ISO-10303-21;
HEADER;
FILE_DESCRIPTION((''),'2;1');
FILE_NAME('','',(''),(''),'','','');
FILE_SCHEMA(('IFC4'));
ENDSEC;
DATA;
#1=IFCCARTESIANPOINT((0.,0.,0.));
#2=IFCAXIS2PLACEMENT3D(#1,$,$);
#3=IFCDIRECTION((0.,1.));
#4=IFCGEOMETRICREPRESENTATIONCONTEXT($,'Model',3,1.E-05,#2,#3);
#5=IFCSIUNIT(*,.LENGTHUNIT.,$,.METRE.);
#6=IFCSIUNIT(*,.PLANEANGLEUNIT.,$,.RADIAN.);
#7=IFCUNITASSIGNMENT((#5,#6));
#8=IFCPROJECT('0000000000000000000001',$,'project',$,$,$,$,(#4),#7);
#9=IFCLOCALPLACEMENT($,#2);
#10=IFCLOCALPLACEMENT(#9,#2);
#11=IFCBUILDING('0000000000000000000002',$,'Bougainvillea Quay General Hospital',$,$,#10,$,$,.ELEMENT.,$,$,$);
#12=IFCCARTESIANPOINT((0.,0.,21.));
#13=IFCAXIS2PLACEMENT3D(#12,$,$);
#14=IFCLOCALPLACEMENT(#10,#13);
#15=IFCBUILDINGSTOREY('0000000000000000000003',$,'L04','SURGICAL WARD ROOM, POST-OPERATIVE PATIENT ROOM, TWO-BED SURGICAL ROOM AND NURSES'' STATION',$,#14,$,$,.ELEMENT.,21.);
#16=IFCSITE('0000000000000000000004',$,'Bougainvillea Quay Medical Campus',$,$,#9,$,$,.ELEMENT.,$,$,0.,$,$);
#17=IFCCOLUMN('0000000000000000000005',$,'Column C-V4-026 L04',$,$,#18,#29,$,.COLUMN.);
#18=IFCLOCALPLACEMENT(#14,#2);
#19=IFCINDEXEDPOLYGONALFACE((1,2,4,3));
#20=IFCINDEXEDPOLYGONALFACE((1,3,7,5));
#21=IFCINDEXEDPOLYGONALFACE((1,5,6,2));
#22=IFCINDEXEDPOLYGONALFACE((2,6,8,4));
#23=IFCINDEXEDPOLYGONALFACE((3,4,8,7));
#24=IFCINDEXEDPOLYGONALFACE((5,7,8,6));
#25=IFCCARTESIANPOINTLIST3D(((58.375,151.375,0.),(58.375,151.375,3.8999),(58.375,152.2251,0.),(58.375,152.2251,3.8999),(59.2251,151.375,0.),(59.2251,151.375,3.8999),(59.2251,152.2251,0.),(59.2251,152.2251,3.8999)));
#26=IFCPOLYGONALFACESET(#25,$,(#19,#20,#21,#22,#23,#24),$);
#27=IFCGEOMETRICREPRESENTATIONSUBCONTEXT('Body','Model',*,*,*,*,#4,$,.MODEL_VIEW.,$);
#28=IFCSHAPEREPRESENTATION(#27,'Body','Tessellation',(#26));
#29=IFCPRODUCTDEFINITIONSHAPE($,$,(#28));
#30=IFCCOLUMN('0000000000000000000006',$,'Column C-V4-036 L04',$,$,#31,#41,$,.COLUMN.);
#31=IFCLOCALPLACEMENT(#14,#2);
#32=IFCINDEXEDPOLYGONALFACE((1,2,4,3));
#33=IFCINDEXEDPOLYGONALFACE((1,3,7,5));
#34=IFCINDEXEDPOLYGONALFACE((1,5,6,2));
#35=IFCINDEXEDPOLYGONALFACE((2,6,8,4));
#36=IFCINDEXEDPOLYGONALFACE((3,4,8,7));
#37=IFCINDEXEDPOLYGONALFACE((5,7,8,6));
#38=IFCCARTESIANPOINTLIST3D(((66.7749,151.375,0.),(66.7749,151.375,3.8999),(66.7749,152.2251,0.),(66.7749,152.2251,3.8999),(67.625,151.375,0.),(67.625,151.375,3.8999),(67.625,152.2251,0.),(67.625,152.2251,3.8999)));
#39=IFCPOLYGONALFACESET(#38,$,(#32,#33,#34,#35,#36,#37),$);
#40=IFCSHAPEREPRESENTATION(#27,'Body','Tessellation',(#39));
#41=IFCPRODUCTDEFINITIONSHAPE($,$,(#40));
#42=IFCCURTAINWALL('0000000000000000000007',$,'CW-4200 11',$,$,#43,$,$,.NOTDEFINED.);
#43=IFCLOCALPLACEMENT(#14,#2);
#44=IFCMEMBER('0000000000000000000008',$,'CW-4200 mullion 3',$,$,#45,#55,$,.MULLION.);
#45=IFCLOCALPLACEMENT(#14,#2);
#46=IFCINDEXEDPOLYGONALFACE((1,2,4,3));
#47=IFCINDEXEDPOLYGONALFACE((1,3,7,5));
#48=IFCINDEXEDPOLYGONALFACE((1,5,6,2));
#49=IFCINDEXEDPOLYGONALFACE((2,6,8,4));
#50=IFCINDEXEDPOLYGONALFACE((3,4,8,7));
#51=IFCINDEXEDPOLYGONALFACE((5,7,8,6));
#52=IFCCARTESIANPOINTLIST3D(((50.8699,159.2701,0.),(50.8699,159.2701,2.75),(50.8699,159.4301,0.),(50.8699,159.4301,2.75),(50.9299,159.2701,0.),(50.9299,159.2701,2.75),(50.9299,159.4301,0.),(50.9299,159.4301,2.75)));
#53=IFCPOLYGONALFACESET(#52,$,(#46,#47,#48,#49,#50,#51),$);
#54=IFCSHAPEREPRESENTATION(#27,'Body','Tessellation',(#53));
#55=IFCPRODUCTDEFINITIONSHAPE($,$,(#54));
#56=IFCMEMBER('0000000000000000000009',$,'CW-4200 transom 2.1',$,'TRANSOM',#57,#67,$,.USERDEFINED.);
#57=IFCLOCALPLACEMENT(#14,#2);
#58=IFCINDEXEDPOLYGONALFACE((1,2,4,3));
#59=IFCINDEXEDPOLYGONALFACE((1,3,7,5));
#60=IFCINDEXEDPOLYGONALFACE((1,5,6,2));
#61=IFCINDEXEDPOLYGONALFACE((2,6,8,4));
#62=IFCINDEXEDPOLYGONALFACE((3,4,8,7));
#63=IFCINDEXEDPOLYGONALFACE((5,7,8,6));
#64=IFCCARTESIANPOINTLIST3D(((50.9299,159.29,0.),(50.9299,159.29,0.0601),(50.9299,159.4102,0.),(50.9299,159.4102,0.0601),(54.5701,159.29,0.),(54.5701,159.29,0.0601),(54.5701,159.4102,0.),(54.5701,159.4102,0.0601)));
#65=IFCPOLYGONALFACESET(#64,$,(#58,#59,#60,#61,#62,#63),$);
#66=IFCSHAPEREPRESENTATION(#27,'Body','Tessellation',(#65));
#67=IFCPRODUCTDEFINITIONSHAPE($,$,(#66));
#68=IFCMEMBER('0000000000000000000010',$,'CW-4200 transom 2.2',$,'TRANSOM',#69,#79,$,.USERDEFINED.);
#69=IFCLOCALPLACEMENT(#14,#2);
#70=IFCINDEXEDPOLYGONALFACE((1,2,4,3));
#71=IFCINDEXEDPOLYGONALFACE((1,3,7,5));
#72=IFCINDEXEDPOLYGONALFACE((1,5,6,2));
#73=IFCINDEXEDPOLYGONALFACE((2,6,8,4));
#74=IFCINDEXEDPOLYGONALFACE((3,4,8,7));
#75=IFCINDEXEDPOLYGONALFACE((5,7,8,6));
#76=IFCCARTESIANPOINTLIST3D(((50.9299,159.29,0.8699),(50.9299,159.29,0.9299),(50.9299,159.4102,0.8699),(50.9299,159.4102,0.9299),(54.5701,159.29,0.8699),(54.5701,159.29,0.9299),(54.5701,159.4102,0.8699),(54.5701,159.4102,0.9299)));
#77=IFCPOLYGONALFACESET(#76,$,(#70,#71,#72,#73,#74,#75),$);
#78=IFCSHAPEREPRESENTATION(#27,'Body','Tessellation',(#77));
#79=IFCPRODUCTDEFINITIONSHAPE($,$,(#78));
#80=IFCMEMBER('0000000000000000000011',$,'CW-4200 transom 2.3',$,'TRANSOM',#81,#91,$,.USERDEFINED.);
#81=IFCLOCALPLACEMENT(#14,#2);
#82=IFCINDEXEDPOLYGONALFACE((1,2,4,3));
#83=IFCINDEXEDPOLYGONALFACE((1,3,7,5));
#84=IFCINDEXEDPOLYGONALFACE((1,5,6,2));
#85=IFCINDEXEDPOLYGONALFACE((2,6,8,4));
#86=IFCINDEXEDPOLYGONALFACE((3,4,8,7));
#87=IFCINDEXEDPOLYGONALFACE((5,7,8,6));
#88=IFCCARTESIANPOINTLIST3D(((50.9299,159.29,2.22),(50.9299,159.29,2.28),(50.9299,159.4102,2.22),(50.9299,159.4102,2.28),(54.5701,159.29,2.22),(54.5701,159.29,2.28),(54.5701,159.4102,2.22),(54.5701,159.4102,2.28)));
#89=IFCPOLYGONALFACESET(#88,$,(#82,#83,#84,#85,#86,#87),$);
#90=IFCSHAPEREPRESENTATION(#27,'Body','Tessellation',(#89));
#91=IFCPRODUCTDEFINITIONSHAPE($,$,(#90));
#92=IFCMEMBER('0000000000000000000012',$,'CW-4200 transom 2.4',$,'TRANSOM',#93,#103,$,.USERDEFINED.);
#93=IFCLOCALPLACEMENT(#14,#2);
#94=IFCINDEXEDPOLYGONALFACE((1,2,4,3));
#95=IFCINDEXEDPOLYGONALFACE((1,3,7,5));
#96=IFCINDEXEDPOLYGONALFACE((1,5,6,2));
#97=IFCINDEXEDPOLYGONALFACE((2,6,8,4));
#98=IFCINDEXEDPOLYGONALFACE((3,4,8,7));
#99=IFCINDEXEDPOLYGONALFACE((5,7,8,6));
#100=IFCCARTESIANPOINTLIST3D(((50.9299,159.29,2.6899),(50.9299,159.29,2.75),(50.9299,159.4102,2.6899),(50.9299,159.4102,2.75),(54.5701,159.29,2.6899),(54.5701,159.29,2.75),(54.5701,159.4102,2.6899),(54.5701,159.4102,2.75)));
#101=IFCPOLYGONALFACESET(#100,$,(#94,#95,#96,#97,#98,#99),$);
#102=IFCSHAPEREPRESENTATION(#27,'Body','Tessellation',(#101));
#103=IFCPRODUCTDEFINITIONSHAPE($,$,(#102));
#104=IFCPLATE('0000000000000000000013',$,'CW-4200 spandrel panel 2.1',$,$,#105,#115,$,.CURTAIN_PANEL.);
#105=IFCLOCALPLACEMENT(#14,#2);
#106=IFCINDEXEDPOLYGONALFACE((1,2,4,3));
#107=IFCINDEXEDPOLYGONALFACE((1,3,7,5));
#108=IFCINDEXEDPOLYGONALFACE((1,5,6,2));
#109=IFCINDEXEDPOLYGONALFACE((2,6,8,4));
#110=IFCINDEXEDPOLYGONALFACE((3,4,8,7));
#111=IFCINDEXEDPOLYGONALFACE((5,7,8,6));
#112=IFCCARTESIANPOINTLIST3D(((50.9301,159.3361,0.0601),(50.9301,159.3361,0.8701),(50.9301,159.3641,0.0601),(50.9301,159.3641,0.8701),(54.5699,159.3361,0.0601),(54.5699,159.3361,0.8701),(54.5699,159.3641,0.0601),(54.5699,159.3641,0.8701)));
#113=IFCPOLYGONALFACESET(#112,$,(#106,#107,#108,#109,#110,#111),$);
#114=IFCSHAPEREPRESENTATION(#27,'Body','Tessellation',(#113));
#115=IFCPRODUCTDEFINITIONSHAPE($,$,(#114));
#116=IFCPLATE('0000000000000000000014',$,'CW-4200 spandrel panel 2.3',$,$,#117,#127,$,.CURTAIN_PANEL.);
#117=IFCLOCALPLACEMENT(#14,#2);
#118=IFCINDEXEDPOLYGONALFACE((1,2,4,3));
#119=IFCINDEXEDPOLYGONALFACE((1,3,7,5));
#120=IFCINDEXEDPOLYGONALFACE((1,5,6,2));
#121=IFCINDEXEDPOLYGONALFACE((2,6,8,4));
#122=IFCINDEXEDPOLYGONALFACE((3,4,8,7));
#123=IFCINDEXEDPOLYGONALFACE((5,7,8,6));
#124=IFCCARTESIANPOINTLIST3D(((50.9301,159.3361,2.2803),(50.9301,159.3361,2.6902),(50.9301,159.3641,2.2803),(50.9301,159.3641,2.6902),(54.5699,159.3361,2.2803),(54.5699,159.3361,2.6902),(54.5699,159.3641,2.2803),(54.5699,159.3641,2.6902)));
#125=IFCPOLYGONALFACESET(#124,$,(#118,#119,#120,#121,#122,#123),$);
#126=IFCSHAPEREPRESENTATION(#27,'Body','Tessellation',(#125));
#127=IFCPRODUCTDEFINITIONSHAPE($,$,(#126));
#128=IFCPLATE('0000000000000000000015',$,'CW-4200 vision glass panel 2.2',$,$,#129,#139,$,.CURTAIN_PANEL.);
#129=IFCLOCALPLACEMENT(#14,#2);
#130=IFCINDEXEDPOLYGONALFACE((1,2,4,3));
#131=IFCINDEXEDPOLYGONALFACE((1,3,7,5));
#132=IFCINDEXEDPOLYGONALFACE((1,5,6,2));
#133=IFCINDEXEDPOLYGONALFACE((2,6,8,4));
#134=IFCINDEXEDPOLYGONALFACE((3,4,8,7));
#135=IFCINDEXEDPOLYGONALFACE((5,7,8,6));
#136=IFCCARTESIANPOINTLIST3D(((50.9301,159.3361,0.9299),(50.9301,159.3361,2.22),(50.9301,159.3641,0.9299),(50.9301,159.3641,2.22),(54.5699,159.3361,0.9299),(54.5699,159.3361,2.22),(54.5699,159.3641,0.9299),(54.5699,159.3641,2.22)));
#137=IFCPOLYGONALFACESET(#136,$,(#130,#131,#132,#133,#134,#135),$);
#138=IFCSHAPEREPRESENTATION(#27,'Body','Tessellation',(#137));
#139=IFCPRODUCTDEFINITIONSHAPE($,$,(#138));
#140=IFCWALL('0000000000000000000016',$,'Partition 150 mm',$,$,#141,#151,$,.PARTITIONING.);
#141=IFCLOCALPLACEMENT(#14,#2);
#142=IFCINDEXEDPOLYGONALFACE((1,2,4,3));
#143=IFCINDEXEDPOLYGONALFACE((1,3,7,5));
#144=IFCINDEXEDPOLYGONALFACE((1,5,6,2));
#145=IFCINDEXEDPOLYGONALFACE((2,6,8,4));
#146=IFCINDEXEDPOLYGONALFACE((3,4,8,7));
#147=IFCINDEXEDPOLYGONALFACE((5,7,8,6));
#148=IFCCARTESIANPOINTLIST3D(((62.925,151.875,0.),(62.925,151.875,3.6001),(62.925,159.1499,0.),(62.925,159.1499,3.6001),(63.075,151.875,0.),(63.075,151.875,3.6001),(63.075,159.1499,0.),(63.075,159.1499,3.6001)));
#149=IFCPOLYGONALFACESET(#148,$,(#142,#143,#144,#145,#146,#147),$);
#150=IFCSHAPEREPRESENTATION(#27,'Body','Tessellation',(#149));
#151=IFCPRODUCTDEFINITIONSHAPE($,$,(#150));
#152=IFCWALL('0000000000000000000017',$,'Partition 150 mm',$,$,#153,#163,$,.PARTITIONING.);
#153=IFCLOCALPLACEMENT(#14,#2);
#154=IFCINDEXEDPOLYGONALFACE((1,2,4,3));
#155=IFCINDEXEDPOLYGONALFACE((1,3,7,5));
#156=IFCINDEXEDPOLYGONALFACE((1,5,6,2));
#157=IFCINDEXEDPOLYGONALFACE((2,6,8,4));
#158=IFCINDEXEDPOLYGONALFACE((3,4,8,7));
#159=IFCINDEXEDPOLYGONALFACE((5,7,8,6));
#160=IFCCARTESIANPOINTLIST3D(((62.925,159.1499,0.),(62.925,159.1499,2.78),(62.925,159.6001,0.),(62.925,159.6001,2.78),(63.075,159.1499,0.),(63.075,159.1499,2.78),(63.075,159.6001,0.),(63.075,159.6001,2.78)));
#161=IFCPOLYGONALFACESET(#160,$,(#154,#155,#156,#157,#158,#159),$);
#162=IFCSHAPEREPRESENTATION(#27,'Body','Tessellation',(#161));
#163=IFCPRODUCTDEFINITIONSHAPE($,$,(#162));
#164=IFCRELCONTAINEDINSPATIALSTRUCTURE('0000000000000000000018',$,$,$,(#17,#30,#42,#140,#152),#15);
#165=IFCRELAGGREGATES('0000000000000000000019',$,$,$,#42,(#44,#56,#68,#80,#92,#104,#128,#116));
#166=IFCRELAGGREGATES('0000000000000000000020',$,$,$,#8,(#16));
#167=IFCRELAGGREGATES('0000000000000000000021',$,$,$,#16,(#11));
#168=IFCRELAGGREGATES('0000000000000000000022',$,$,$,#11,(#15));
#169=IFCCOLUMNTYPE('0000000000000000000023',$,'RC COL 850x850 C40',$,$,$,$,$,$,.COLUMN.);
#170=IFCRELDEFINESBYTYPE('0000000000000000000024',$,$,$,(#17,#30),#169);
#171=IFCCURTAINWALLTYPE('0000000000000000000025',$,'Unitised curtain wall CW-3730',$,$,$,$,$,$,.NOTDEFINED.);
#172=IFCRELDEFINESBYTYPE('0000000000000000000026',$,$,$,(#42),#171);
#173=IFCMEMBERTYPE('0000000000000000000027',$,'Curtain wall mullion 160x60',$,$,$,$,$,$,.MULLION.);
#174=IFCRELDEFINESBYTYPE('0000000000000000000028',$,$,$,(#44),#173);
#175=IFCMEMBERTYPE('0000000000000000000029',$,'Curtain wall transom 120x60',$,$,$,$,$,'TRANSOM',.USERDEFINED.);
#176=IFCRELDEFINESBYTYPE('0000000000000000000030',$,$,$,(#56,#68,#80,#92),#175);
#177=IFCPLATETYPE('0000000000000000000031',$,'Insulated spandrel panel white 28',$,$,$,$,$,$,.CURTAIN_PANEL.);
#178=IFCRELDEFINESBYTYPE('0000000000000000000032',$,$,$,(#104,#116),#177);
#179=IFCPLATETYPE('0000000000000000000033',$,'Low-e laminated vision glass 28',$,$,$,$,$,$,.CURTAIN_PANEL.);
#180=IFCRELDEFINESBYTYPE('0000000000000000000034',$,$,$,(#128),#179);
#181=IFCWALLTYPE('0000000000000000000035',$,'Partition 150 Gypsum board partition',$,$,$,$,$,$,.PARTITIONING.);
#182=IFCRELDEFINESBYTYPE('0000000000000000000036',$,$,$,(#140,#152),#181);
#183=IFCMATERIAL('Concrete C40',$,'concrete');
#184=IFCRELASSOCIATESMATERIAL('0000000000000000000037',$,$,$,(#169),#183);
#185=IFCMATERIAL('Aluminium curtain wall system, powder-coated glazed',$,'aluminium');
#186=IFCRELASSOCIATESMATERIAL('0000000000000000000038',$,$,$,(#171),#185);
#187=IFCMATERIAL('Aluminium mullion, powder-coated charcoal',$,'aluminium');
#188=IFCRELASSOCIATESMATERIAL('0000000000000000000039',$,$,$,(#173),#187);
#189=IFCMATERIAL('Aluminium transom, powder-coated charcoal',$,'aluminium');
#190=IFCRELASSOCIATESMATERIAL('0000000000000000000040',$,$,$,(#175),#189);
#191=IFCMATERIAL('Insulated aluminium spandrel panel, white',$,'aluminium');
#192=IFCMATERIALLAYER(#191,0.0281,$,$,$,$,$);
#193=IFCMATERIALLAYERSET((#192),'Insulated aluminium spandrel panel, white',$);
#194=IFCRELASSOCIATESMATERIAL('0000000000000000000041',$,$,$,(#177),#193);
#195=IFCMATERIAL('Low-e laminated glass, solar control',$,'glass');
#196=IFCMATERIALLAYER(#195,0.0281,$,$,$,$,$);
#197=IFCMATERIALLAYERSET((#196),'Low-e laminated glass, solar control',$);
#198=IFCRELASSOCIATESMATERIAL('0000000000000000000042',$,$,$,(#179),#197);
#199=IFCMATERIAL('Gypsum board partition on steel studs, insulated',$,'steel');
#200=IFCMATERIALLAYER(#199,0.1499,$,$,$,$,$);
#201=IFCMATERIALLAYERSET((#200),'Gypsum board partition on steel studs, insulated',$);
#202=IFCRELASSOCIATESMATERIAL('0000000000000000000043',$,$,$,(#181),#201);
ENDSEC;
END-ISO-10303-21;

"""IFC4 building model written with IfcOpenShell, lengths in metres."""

from ifc_helpers import new_model, si_unit, direction, frame, frame_2d, origin, origin_2d, place, context, subcontext, project, spatial, rectangle, extrude, material, layer, layer_set, material_profile, profile_set, type_object, element, aggregate, save


model = new_model("IFC4")

# Units and contexts
model_context = context("Model", 3, precision=1e-05, world=origin(), true_north=direction((0.0, 1.0)))
body_context = subcontext(model_context, "Body", "Model", "MODEL_VIEW")
ifc_project = project(units=[si_unit("LENGTHUNIT", "METRE"), si_unit("PLANEANGLEUNIT", "RADIAN")], contexts=[model_context])

# Site, building, storey
site_placement = place(None, origin())
site = spatial("IfcSite", under=ifc_project, at=site_placement, Name="Bougainvillea Quay Medical Campus", CompositionType="ELEMENT", RefElevation=0.0)
building_placement = place(site_placement, origin())
building = spatial("IfcBuilding", under=site, at=building_placement, Name="Bougainvillea Quay General Hospital", CompositionType="ELEMENT")
storey_placement = place(building_placement, frame((0.0, 0.0, 21.0)))
storey = spatial("IfcBuildingStorey", under=building, at=storey_placement, Name="L04", Description="SURGICAL WARD ROOM, POST-OPERATIVE PATIENT ROOM, TWO-BED SURGICAL ROOM AND NURSES' STATION", CompositionType="ELEMENT", Elevation=21.0)

# Columns
ifc_material_1 = material(Name="Concrete C40", Category="concrete")
ifc_material_profile_1 = material_profile(ifc_material_1, rectangle(XDim=0.8501, YDim=0.8501, at=origin_2d()))
ifc_profile_set_1 = profile_set([ifc_material_profile_1], Name="Concrete C40")
column_type = type_object("IfcColumnType", Name="RC COL 850x850 C40", PredefinedType="COLUMN", material=ifc_profile_set_1)
for number, where, z_axis, x_axis, name in (
    (1, (58.8, 151.8, 0.0), (0.0, 0.0, 1.0), (1.0, 0.0, 0.0), "Column C-V4-026 L04"),
    (2, (67.2, 151.8, 0.0), (0.0, 0.0, 1.0), (1.0, 0.0, 0.0), "Column C-V4-036 L04"),
):
    element("IfcColumn", number, at=place(storey_placement, frame(where, z_axis=z_axis, x_axis=x_axis)), inside=storey, type_object=column_type, Name=name, PredefinedType="COLUMN", context=body_context, shape_type="SweptSolid", body=[
        extrude(rectangle(XDim=0.8501, YDim=0.8501, at=origin_2d()), origin(), (0.0, 0.0, 1.0), 3.8999),
    ])

# Curtain wall, members, plates
ifc_material_2 = material(Name="Aluminium curtain wall system, powder-coated glazed", Category="aluminium")
curtain_wall_type = type_object("IfcCurtainWallType", Name="Unitised curtain wall CW-3730", PredefinedType="NOTDEFINED", material=ifc_material_2)
curtain_wall_placement = place(storey_placement, origin())
curtain_wall = element("IfcCurtainWall", 3, at=curtain_wall_placement, inside=storey, type_object=curtain_wall_type, Name="CW-4200 11", PredefinedType="NOTDEFINED")
ifc_material_3 = material(Name="Aluminium mullion, powder-coated charcoal", Category="aluminium")
ifc_material_profile_2 = material_profile(ifc_material_3, rectangle(XDim=0.1599, YDim=0.0601, at=origin_2d()))
ifc_profile_set_2 = profile_set([ifc_material_profile_2], Name="Aluminium mullion, powder-coated charcoal")
member_type_1 = type_object("IfcMemberType", Name="Curtain wall mullion 160x60", PredefinedType="MULLION", material=ifc_profile_set_2)
member_1_placement = place(storey_placement, frame((50.8999, 159.3501, 0.0), z_axis=(0.0, 0.0, 1.0), x_axis=(0.0, -1.0, 0.0)))
member_1 = element("IfcMember", 4, at=member_1_placement, type_object=member_type_1, Name="CW-4200 mullion 3", PredefinedType="MULLION", context=body_context, shape_type="SweptSolid", body=[
    extrude(rectangle(XDim=0.1599, YDim=0.0601, at=origin_2d()), origin(), (0.0, 0.0, 1.0), 2.75),
])
ifc_material_4 = material(Name="Aluminium transom, powder-coated charcoal", Category="aluminium")
ifc_material_profile_3 = material_profile(ifc_material_4, rectangle(XDim=0.1201, YDim=0.0601, at=origin_2d()))
ifc_profile_set_3 = profile_set([ifc_material_profile_3], Name="Aluminium transom, powder-coated charcoal")
member_type_2 = type_object("IfcMemberType", Name="Curtain wall transom 120x60", ElementType="TRANSOM", PredefinedType="USERDEFINED", material=ifc_profile_set_3)
member_2_placement = place(storey_placement, frame((54.5701, 159.3501, 0.03), z_axis=(-1.0, 0.0, 0.0), x_axis=(0.0, -1.0, 0.0)))
member_2 = element("IfcMember", 5, at=member_2_placement, type_object=member_type_2, Name="CW-4200 transom 2.1", ObjectType="TRANSOM", PredefinedType="USERDEFINED", context=body_context, shape_type="SweptSolid", body=[
    extrude(rectangle(XDim=0.1201, YDim=0.0601, at=origin_2d()), origin(), (0.0, 0.0, 1.0), 3.6401),
])
member_3_placement = place(storey_placement, frame((54.5701, 159.3501, 0.8999), z_axis=(-1.0, 0.0, 0.0), x_axis=(0.0, -1.0, 0.0)))
member_3 = element("IfcMember", 6, at=member_3_placement, type_object=member_type_2, Name="CW-4200 transom 2.2", ObjectType="TRANSOM", PredefinedType="USERDEFINED", context=body_context, shape_type="SweptSolid", body=[
    extrude(rectangle(XDim=0.1201, YDim=0.0601, at=origin_2d()), origin(), (0.0, 0.0, 1.0), 3.6401),
])
member_4_placement = place(storey_placement, frame((54.5701, 159.3501, 2.25), z_axis=(-1.0, 0.0, 0.0), x_axis=(0.0, -1.0, 0.0)))
member_4 = element("IfcMember", 7, at=member_4_placement, type_object=member_type_2, Name="CW-4200 transom 2.3", ObjectType="TRANSOM", PredefinedType="USERDEFINED", context=body_context, shape_type="SweptSolid", body=[
    extrude(rectangle(XDim=0.1201, YDim=0.0601, at=origin_2d()), origin(), (0.0, 0.0, 1.0), 3.6401),
])
member_5_placement = place(storey_placement, frame((54.5701, 159.3501, 2.72), z_axis=(-1.0, 0.0, 0.0), x_axis=(0.0, -1.0, 0.0)))
member_5 = element("IfcMember", 8, at=member_5_placement, type_object=member_type_2, Name="CW-4200 transom 2.4", ObjectType="TRANSOM", PredefinedType="USERDEFINED", context=body_context, shape_type="SweptSolid", body=[
    extrude(rectangle(XDim=0.1201, YDim=0.0601, at=origin_2d()), origin(), (0.0, 0.0, 1.0), 3.6401),
])
ifc_material_5 = material(Name="Insulated aluminium spandrel panel, white", Category="aluminium")
ifc_layer_1 = layer(ifc_material_5, 0.0281)
ifc_layer_set_1 = layer_set([ifc_layer_1], Name="Insulated aluminium spandrel panel, white")
plate_type_1 = type_object("IfcPlateType", Name="Insulated spandrel panel white 28", PredefinedType="CURTAIN_PANEL", material=ifc_layer_set_1)
plate_1_placement = place(storey_placement, frame((52.75, 159.3501, 0.0601), z_axis=(0.0, 0.0, 1.0), x_axis=(-1.0, 0.0, 0.0)))
plate_1 = element("IfcPlate", 9, at=plate_1_placement, type_object=plate_type_1, Name="CW-4200 spandrel panel 2.1", PredefinedType="CURTAIN_PANEL", context=body_context, shape_type="SweptSolid", body=[
    extrude(rectangle(XDim=3.6399, YDim=0.0281, at=origin_2d()), origin(), (0.0, 0.0, 1.0), 0.8101),
])
plate_2_placement = place(storey_placement, frame((52.75, 159.3501, 2.2803), z_axis=(0.0, 0.0, 1.0), x_axis=(-1.0, 0.0, 0.0)))
plate_2 = element("IfcPlate", 10, at=plate_2_placement, type_object=plate_type_1, Name="CW-4200 spandrel panel 2.3", PredefinedType="CURTAIN_PANEL", context=body_context, shape_type="SweptSolid", body=[
    extrude(rectangle(XDim=3.6399, YDim=0.0281, at=origin_2d()), origin(), (0.0, 0.0, 1.0), 0.4099),
])
ifc_material_6 = material(Name="Low-e laminated glass, solar control", Category="glass")
ifc_layer_2 = layer(ifc_material_6, 0.0281)
ifc_layer_set_2 = layer_set([ifc_layer_2], Name="Low-e laminated glass, solar control")
plate_type_2 = type_object("IfcPlateType", Name="Low-e laminated vision glass 28", PredefinedType="CURTAIN_PANEL", material=ifc_layer_set_2)
plate_3_placement = place(storey_placement, frame((52.75, 159.3501, 0.9299), z_axis=(0.0, 0.0, 1.0), x_axis=(-1.0, 0.0, 0.0)))
plate_3 = element("IfcPlate", 11, at=plate_3_placement, type_object=plate_type_2, Name="CW-4200 vision glass panel 2.2", PredefinedType="CURTAIN_PANEL", context=body_context, shape_type="SweptSolid", body=[
    extrude(rectangle(XDim=3.6399, YDim=0.0281, at=origin_2d()), origin(), (0.0, 0.0, 1.0), 1.29),
])
aggregate(curtain_wall, [member_1, member_2, member_3, member_4, member_5, plate_1, plate_3, plate_2])

# Walls
ifc_material_7 = material(Name="Gypsum board partition on steel studs, insulated", Category="steel")
ifc_layer_3 = layer(ifc_material_7, 0.1499)
ifc_layer_set_3 = layer_set([ifc_layer_3], Name="Gypsum board partition on steel studs, insulated")
wall_type_1 = type_object("IfcWallType", Name="Partition 150 Gypsum board partition", PredefinedType="PARTITIONING", material=ifc_layer_set_3)
wall_1_placement = place(storey_placement, frame((63.0, 151.875, 0.0), z_axis=(0.0, 0.0, 1.0), x_axis=(0.0, 1.0, 0.0)))
element("IfcWall", 12, at=wall_1_placement, inside=storey, type_object=wall_type_1, Name="Partition 150 mm", PredefinedType="PARTITIONING", context=body_context, shape_type="SweptSolid", body=[
    extrude(rectangle(XDim=7.2749, YDim=0.1499, at=frame_2d((3.6375, 0.0))), origin(), (0.0, 0.0, 1.0), 3.6001),
])
wall_2_placement = place(storey_placement, frame((63.0, 159.1499, 0.0), z_axis=(0.0, 0.0, 1.0), x_axis=(0.0, 1.0, 0.0)))
element("IfcWall", 13, at=wall_2_placement, inside=storey, type_object=wall_type_1, Name="Partition 150 mm", PredefinedType="PARTITIONING", context=body_context, shape_type="SweptSolid", body=[
    extrude(rectangle(XDim=0.4502, YDim=0.1499, at=frame_2d((0.2251, 0.0))), origin(), (0.0, 0.0, 1.0), 2.78),
])

save(model, "model.ifc")
